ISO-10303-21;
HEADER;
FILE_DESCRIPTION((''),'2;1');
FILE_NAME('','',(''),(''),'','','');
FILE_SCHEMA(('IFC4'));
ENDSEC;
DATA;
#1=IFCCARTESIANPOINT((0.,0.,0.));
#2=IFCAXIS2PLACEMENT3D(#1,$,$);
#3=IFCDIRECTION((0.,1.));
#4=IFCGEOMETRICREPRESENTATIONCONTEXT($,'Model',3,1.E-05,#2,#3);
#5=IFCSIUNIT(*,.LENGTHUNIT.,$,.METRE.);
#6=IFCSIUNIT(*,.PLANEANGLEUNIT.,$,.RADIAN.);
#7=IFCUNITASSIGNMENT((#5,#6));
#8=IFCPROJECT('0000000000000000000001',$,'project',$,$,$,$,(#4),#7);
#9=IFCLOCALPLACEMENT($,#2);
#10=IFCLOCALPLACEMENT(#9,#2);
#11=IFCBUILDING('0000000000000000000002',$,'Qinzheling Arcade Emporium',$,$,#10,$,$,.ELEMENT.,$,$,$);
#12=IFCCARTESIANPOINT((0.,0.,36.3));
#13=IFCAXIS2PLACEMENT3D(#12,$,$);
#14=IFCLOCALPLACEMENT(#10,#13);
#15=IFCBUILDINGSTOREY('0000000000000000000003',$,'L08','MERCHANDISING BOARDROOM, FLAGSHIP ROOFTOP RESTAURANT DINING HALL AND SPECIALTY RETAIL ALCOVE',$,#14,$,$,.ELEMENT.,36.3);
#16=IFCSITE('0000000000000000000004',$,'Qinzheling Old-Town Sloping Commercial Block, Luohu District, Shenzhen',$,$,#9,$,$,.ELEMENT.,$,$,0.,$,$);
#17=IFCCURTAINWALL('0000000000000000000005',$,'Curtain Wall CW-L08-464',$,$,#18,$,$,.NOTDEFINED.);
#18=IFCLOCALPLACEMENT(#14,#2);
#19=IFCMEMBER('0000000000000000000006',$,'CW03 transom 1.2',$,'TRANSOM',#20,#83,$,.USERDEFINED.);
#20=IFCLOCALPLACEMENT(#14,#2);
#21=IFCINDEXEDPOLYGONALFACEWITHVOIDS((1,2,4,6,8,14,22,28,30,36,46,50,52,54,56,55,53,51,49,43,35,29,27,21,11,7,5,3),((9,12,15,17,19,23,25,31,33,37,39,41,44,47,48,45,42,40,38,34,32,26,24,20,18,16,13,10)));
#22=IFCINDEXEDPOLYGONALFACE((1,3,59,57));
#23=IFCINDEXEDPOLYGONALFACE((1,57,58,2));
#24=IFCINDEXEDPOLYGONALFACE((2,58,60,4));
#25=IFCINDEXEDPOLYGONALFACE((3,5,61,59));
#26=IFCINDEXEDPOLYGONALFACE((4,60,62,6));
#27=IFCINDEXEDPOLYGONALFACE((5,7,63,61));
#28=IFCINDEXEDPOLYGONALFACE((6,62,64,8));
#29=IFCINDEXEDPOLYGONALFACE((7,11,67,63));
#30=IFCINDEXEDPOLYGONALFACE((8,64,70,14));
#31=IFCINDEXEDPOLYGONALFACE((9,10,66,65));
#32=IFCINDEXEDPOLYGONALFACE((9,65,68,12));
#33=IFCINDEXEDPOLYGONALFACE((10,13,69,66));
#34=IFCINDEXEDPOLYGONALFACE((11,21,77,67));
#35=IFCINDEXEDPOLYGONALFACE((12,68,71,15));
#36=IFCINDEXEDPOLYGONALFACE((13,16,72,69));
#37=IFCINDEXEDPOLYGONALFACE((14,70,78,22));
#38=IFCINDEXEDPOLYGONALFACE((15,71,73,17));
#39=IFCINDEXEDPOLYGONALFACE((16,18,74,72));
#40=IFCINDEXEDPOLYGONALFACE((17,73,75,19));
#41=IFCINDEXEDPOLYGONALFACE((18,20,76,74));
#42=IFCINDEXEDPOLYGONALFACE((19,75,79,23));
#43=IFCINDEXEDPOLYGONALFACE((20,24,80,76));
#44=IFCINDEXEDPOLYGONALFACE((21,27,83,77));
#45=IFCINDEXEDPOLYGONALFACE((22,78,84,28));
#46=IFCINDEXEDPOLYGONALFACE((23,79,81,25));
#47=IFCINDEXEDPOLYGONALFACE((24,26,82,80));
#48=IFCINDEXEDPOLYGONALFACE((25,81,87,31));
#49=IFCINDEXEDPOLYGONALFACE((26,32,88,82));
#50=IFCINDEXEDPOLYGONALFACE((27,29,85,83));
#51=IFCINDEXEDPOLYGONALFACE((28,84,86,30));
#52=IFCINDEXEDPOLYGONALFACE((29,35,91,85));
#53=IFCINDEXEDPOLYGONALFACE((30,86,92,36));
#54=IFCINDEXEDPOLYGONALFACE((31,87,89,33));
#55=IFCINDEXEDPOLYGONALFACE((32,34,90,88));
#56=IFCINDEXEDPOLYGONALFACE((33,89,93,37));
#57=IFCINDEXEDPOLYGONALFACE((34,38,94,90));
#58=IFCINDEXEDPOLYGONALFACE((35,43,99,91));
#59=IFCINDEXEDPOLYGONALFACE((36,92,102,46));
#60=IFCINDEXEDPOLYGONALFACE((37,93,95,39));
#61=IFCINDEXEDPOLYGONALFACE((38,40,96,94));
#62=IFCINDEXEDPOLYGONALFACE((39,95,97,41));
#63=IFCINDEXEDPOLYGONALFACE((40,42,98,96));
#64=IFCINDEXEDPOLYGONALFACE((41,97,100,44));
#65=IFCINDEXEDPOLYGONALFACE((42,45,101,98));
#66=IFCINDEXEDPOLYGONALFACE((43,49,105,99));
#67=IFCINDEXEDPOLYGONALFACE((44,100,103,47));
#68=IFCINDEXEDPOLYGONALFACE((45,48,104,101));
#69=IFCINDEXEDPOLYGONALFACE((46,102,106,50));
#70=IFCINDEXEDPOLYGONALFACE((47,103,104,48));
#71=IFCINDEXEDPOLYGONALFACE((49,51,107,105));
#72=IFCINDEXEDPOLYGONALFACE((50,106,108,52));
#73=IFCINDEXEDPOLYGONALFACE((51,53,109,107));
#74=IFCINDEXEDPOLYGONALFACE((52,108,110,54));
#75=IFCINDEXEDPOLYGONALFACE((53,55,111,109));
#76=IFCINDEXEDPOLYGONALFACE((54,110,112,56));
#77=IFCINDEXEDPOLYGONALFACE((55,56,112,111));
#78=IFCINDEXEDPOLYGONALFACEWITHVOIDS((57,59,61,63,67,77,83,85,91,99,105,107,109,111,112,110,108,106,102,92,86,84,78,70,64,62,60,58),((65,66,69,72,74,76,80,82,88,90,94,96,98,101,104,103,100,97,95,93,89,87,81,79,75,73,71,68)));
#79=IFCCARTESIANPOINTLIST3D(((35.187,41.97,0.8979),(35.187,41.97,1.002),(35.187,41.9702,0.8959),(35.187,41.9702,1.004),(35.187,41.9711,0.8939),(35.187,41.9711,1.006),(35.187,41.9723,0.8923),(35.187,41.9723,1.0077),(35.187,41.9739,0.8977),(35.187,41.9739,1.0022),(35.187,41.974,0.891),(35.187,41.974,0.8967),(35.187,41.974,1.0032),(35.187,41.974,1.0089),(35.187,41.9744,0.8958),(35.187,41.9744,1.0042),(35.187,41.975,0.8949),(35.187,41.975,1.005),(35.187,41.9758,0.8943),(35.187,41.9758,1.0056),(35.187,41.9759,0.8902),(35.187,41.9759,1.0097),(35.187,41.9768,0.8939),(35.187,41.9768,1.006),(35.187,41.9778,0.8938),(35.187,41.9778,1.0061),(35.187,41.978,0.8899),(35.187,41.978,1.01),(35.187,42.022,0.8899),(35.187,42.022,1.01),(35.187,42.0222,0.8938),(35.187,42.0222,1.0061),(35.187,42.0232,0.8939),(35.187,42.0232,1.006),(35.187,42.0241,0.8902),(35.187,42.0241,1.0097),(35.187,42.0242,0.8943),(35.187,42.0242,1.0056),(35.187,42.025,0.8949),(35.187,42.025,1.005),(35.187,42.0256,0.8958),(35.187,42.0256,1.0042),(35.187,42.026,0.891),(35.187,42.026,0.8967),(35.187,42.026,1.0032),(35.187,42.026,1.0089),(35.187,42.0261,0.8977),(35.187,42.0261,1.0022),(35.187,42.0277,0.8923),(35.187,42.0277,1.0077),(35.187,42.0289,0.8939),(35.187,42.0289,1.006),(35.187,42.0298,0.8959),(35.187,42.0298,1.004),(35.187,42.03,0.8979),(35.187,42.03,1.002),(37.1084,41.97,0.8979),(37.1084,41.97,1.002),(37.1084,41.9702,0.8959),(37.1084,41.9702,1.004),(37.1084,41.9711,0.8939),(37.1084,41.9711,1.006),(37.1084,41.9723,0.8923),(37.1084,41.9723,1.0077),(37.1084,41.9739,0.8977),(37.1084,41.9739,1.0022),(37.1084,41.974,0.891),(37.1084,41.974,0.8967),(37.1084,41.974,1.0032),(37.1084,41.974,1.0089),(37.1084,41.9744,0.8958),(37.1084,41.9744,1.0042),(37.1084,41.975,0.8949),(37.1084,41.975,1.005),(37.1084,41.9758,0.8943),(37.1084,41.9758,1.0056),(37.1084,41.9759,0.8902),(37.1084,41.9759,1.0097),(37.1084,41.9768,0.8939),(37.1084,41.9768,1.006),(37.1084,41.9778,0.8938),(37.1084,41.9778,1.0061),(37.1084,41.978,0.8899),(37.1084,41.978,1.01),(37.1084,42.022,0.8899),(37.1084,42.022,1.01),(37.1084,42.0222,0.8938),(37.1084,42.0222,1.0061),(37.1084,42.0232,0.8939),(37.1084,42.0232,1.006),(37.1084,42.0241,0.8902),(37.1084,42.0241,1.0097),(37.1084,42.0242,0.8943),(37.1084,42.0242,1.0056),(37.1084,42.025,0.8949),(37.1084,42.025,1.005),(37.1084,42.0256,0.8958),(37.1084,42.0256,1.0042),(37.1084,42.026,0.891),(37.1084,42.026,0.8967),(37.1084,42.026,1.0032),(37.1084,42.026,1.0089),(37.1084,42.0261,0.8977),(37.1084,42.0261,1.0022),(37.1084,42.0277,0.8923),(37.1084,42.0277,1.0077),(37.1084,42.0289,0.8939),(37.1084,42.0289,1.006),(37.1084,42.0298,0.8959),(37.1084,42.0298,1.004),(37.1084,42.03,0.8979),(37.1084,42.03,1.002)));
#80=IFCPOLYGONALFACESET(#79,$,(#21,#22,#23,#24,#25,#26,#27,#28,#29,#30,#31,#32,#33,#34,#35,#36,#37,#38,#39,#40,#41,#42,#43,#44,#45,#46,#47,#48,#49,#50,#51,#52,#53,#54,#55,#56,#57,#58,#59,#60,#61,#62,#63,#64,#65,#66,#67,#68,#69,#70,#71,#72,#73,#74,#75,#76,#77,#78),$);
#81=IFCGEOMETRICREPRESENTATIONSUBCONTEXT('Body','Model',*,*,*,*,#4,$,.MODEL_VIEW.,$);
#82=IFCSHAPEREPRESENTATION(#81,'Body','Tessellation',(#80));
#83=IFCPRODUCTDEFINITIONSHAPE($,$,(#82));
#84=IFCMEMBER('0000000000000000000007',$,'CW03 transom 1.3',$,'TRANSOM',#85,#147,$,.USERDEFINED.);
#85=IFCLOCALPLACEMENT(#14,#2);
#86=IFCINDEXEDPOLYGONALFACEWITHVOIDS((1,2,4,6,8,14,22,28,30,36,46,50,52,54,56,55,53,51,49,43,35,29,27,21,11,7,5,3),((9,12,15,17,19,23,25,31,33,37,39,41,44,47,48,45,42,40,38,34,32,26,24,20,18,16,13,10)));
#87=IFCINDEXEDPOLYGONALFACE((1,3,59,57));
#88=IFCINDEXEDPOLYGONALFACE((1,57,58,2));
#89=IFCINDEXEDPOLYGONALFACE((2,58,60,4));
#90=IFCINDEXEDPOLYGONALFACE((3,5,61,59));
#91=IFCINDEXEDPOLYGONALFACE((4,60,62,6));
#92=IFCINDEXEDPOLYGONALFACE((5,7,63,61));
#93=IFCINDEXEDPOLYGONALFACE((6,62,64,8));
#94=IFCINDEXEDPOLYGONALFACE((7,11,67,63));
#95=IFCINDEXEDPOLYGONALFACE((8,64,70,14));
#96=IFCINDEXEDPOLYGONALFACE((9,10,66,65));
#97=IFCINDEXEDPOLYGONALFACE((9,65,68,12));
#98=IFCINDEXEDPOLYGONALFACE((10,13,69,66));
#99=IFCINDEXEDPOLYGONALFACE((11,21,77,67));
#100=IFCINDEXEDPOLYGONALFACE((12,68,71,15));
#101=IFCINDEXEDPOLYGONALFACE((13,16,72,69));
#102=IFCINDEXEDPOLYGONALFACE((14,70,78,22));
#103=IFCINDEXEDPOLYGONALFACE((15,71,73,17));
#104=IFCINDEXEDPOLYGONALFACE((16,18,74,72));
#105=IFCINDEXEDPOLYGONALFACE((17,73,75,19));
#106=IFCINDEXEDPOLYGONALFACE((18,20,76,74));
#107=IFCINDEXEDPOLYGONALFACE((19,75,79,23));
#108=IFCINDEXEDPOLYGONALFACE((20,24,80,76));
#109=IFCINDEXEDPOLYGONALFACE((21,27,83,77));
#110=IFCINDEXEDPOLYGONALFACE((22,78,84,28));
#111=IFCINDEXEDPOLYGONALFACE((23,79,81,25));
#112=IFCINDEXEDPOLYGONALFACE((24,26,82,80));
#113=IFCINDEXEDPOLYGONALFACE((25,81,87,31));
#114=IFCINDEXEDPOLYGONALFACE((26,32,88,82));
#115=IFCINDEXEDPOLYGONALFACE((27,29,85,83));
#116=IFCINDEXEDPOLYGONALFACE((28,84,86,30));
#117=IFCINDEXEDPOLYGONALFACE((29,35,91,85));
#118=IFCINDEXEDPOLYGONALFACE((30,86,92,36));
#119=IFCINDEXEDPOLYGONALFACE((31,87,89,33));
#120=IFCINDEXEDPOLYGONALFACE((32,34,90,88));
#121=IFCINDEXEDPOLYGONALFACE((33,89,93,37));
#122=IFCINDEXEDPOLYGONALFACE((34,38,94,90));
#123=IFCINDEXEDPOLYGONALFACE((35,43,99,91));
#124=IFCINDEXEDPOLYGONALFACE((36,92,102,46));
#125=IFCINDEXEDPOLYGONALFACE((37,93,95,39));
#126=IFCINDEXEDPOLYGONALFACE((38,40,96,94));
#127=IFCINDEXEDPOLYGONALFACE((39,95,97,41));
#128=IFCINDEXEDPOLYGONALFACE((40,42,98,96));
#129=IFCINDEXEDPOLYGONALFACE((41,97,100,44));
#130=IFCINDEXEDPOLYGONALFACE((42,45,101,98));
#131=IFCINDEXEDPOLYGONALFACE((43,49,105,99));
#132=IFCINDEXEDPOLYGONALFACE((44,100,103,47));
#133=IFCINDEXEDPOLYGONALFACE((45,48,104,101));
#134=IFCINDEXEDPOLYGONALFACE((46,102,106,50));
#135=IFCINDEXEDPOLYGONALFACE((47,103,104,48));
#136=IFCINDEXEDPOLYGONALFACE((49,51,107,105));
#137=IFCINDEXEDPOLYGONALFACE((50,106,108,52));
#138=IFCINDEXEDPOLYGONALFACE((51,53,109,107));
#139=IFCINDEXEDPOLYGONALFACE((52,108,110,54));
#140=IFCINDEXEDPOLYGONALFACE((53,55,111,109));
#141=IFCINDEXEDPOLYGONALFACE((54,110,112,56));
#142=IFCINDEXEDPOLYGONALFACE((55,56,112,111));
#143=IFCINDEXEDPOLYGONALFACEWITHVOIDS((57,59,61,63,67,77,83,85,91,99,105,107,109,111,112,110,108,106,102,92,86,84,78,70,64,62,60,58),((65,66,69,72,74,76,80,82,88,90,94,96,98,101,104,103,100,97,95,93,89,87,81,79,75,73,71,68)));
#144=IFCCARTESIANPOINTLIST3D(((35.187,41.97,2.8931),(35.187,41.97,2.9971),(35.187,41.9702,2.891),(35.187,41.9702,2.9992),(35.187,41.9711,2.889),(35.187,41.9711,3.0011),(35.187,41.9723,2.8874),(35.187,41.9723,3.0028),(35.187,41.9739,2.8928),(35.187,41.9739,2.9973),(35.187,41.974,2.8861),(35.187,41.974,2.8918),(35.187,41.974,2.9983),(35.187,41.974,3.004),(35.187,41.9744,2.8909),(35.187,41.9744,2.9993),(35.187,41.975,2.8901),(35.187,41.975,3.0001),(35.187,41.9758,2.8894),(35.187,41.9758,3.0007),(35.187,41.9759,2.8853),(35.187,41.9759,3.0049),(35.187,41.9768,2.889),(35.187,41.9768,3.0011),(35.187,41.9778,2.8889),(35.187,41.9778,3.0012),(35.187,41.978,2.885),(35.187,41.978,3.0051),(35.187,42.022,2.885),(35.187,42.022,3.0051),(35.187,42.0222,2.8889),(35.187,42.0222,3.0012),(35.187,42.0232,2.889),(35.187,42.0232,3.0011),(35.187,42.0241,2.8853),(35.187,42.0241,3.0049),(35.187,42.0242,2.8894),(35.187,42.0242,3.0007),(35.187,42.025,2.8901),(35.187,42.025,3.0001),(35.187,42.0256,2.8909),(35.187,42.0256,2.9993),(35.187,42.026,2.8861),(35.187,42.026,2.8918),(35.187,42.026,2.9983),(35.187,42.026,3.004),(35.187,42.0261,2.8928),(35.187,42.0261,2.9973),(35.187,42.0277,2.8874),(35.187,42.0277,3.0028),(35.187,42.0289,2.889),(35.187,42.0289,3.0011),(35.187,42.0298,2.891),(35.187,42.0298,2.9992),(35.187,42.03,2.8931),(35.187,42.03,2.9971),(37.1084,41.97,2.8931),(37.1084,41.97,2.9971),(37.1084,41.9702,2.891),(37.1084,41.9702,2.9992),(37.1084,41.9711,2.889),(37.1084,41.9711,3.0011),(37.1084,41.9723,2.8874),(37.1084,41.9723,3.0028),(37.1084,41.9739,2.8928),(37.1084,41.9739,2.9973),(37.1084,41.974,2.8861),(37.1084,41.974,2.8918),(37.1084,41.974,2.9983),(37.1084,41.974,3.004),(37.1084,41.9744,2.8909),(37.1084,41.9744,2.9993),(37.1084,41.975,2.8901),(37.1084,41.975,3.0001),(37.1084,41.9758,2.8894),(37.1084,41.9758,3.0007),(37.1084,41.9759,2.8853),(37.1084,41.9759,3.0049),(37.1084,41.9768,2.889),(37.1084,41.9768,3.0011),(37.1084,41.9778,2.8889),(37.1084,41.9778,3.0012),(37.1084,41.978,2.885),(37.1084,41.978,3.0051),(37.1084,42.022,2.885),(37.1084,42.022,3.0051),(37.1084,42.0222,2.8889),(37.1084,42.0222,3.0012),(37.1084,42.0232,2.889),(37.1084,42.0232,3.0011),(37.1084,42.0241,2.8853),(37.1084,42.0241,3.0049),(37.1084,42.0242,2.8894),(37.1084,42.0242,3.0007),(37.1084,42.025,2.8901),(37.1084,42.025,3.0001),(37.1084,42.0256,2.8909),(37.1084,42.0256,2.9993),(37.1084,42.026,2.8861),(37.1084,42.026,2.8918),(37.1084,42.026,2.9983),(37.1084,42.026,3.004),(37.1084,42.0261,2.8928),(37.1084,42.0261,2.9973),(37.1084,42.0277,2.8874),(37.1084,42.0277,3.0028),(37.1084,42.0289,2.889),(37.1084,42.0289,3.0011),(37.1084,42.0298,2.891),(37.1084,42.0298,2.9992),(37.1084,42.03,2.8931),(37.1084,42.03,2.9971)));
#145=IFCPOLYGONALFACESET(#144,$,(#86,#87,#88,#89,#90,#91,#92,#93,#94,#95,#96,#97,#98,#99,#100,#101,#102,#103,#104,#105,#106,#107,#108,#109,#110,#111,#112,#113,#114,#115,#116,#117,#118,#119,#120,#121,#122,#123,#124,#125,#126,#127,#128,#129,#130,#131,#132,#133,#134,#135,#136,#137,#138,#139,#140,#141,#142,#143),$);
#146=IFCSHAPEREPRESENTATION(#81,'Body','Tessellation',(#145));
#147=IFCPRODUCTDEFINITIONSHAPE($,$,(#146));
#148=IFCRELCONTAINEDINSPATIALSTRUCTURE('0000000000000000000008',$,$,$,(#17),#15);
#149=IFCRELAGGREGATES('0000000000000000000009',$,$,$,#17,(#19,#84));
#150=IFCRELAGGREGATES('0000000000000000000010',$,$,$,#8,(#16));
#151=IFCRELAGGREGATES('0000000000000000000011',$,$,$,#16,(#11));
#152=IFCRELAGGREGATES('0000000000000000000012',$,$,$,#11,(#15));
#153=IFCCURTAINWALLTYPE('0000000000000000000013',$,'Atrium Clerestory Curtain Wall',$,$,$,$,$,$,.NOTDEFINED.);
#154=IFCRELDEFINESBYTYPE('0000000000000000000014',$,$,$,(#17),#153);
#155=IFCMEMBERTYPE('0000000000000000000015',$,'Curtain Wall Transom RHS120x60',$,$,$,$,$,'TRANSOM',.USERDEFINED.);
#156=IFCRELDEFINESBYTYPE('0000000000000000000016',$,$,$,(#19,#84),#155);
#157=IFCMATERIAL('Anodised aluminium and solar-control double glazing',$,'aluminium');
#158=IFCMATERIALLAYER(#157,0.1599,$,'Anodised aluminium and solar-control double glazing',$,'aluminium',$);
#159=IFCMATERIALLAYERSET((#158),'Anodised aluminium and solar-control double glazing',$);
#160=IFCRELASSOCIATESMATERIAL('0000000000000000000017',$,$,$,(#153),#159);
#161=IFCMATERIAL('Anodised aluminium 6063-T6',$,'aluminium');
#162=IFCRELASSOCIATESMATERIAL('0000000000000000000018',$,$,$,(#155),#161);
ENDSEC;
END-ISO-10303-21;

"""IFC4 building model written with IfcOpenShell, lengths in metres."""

from ifc_helpers import new_model, si_unit, direction, frame, origin, origin_2d, place, context, subcontext, project, spatial, hollow_rectangle, extrude, material, layer, layer_set, material_profile, profile_set, type_object, element, aggregate, save


model = new_model("IFC4")

# Units and contexts
model_context = context("Model", 3, precision=1e-05, world=origin(), true_north=direction((0.0, 1.0)))
body_context = subcontext(model_context, "Body", "Model", "MODEL_VIEW")
ifc_project = project(units=[si_unit("LENGTHUNIT", "METRE"), si_unit("PLANEANGLEUNIT", "RADIAN")], contexts=[model_context])

# Site, building, storey
site_placement = place(None, origin())
site = spatial("IfcSite", under=ifc_project, at=site_placement, Name="Qinzheling Old-Town Sloping Commercial Block, Luohu District, Shenzhen", CompositionType="ELEMENT", RefElevation=0.0)
building_placement = place(site_placement, origin())
building = spatial("IfcBuilding", under=site, at=building_placement, Name="Qinzheling Arcade Emporium", CompositionType="ELEMENT")
storey_placement = place(building_placement, frame((0.0, 0.0, 36.3)))
storey = spatial("IfcBuildingStorey", under=building, at=storey_placement, Name="L08", Description="MERCHANDISING BOARDROOM, FLAGSHIP ROOFTOP RESTAURANT DINING HALL AND SPECIALTY RETAIL ALCOVE", CompositionType="ELEMENT", Elevation=36.3)

# Shared definitions
ifc_material_1 = material(Name="Anodised aluminium and solar-control double glazing", Category="aluminium")
ifc_layer_1 = layer(ifc_material_1, 0.1599, Name="Anodised aluminium and solar-control double glazing", Category="aluminium")
ifc_layer_set_1 = layer_set([ifc_layer_1], Name="Anodised aluminium and solar-control double glazing")
curtain_wall_type = type_object("IfcCurtainWallType", Name="Atrium Clerestory Curtain Wall", PredefinedType="NOTDEFINED", material=ifc_layer_set_1)
ifc_material_2 = material(Name="Anodised aluminium 6063-T6", Category="aluminium")

# Curtain wall
curtain_wall_1_placement = place(storey_placement, origin())
curtain_wall_1 = element("IfcCurtainWall", 1, at=curtain_wall_1_placement, inside=storey, type_object=curtain_wall_type, Name="Curtain Wall CW-L08-464", PredefinedType="NOTDEFINED")

# Members
ifc_material_profile_1 = material_profile(ifc_material_2, hollow_rectangle(XDim=0.0601, YDim=0.1201, WallThickness=0.0039, InnerFilletRadius=0.0039, OuterFilletRadius=0.0081, at=origin_2d()), Name="RHS 120x60x4", Category="aluminium")
ifc_profile_set_1 = profile_set([ifc_material_profile_1], Name="Anodised aluminium 6063-T6")
member_type_1 = type_object("IfcMemberType", Name="Curtain Wall Transom RHS120x60", ElementType="TRANSOM", PredefinedType="USERDEFINED", material=ifc_profile_set_1)
member_1_placement = place(storey_placement, frame((35.187, 42.0, 0.95), z_axis=(1.0, 0.0, 0.0), x_axis=(0.0, 1.0, 0.0)))
member_1 = element("IfcMember", 2, at=member_1_placement, type_object=member_type_1, Name="CW03 transom 1.2", ObjectType="TRANSOM", PredefinedType="USERDEFINED", context=body_context, shape_type="SweptSolid", body=[
    extrude(hollow_rectangle(XDim=0.0601, YDim=0.1201, WallThickness=0.0039, InnerFilletRadius=0.0039, OuterFilletRadius=0.0081, at=origin_2d()), origin(), (0.0, 0.0, 1.0), 1.9214),
])
member_2_placement = place(storey_placement, frame((35.187, 42.0, 2.9451), z_axis=(1.0, 0.0, 0.0), x_axis=(0.0, 1.0, 0.0)))
member_2 = element("IfcMember", 3, at=member_2_placement, type_object=member_type_1, Name="CW03 transom 1.3", ObjectType="TRANSOM", PredefinedType="USERDEFINED", context=body_context, shape_type="SweptSolid", body=[
    extrude(hollow_rectangle(XDim=0.0601, YDim=0.1201, WallThickness=0.0039, InnerFilletRadius=0.0039, OuterFilletRadius=0.0081, at=origin_2d()), origin(), (0.0, 0.0, 1.0), 1.9214),
])
aggregate(curtain_wall_1, [member_1, member_2])

save(model, "model.ifc")
